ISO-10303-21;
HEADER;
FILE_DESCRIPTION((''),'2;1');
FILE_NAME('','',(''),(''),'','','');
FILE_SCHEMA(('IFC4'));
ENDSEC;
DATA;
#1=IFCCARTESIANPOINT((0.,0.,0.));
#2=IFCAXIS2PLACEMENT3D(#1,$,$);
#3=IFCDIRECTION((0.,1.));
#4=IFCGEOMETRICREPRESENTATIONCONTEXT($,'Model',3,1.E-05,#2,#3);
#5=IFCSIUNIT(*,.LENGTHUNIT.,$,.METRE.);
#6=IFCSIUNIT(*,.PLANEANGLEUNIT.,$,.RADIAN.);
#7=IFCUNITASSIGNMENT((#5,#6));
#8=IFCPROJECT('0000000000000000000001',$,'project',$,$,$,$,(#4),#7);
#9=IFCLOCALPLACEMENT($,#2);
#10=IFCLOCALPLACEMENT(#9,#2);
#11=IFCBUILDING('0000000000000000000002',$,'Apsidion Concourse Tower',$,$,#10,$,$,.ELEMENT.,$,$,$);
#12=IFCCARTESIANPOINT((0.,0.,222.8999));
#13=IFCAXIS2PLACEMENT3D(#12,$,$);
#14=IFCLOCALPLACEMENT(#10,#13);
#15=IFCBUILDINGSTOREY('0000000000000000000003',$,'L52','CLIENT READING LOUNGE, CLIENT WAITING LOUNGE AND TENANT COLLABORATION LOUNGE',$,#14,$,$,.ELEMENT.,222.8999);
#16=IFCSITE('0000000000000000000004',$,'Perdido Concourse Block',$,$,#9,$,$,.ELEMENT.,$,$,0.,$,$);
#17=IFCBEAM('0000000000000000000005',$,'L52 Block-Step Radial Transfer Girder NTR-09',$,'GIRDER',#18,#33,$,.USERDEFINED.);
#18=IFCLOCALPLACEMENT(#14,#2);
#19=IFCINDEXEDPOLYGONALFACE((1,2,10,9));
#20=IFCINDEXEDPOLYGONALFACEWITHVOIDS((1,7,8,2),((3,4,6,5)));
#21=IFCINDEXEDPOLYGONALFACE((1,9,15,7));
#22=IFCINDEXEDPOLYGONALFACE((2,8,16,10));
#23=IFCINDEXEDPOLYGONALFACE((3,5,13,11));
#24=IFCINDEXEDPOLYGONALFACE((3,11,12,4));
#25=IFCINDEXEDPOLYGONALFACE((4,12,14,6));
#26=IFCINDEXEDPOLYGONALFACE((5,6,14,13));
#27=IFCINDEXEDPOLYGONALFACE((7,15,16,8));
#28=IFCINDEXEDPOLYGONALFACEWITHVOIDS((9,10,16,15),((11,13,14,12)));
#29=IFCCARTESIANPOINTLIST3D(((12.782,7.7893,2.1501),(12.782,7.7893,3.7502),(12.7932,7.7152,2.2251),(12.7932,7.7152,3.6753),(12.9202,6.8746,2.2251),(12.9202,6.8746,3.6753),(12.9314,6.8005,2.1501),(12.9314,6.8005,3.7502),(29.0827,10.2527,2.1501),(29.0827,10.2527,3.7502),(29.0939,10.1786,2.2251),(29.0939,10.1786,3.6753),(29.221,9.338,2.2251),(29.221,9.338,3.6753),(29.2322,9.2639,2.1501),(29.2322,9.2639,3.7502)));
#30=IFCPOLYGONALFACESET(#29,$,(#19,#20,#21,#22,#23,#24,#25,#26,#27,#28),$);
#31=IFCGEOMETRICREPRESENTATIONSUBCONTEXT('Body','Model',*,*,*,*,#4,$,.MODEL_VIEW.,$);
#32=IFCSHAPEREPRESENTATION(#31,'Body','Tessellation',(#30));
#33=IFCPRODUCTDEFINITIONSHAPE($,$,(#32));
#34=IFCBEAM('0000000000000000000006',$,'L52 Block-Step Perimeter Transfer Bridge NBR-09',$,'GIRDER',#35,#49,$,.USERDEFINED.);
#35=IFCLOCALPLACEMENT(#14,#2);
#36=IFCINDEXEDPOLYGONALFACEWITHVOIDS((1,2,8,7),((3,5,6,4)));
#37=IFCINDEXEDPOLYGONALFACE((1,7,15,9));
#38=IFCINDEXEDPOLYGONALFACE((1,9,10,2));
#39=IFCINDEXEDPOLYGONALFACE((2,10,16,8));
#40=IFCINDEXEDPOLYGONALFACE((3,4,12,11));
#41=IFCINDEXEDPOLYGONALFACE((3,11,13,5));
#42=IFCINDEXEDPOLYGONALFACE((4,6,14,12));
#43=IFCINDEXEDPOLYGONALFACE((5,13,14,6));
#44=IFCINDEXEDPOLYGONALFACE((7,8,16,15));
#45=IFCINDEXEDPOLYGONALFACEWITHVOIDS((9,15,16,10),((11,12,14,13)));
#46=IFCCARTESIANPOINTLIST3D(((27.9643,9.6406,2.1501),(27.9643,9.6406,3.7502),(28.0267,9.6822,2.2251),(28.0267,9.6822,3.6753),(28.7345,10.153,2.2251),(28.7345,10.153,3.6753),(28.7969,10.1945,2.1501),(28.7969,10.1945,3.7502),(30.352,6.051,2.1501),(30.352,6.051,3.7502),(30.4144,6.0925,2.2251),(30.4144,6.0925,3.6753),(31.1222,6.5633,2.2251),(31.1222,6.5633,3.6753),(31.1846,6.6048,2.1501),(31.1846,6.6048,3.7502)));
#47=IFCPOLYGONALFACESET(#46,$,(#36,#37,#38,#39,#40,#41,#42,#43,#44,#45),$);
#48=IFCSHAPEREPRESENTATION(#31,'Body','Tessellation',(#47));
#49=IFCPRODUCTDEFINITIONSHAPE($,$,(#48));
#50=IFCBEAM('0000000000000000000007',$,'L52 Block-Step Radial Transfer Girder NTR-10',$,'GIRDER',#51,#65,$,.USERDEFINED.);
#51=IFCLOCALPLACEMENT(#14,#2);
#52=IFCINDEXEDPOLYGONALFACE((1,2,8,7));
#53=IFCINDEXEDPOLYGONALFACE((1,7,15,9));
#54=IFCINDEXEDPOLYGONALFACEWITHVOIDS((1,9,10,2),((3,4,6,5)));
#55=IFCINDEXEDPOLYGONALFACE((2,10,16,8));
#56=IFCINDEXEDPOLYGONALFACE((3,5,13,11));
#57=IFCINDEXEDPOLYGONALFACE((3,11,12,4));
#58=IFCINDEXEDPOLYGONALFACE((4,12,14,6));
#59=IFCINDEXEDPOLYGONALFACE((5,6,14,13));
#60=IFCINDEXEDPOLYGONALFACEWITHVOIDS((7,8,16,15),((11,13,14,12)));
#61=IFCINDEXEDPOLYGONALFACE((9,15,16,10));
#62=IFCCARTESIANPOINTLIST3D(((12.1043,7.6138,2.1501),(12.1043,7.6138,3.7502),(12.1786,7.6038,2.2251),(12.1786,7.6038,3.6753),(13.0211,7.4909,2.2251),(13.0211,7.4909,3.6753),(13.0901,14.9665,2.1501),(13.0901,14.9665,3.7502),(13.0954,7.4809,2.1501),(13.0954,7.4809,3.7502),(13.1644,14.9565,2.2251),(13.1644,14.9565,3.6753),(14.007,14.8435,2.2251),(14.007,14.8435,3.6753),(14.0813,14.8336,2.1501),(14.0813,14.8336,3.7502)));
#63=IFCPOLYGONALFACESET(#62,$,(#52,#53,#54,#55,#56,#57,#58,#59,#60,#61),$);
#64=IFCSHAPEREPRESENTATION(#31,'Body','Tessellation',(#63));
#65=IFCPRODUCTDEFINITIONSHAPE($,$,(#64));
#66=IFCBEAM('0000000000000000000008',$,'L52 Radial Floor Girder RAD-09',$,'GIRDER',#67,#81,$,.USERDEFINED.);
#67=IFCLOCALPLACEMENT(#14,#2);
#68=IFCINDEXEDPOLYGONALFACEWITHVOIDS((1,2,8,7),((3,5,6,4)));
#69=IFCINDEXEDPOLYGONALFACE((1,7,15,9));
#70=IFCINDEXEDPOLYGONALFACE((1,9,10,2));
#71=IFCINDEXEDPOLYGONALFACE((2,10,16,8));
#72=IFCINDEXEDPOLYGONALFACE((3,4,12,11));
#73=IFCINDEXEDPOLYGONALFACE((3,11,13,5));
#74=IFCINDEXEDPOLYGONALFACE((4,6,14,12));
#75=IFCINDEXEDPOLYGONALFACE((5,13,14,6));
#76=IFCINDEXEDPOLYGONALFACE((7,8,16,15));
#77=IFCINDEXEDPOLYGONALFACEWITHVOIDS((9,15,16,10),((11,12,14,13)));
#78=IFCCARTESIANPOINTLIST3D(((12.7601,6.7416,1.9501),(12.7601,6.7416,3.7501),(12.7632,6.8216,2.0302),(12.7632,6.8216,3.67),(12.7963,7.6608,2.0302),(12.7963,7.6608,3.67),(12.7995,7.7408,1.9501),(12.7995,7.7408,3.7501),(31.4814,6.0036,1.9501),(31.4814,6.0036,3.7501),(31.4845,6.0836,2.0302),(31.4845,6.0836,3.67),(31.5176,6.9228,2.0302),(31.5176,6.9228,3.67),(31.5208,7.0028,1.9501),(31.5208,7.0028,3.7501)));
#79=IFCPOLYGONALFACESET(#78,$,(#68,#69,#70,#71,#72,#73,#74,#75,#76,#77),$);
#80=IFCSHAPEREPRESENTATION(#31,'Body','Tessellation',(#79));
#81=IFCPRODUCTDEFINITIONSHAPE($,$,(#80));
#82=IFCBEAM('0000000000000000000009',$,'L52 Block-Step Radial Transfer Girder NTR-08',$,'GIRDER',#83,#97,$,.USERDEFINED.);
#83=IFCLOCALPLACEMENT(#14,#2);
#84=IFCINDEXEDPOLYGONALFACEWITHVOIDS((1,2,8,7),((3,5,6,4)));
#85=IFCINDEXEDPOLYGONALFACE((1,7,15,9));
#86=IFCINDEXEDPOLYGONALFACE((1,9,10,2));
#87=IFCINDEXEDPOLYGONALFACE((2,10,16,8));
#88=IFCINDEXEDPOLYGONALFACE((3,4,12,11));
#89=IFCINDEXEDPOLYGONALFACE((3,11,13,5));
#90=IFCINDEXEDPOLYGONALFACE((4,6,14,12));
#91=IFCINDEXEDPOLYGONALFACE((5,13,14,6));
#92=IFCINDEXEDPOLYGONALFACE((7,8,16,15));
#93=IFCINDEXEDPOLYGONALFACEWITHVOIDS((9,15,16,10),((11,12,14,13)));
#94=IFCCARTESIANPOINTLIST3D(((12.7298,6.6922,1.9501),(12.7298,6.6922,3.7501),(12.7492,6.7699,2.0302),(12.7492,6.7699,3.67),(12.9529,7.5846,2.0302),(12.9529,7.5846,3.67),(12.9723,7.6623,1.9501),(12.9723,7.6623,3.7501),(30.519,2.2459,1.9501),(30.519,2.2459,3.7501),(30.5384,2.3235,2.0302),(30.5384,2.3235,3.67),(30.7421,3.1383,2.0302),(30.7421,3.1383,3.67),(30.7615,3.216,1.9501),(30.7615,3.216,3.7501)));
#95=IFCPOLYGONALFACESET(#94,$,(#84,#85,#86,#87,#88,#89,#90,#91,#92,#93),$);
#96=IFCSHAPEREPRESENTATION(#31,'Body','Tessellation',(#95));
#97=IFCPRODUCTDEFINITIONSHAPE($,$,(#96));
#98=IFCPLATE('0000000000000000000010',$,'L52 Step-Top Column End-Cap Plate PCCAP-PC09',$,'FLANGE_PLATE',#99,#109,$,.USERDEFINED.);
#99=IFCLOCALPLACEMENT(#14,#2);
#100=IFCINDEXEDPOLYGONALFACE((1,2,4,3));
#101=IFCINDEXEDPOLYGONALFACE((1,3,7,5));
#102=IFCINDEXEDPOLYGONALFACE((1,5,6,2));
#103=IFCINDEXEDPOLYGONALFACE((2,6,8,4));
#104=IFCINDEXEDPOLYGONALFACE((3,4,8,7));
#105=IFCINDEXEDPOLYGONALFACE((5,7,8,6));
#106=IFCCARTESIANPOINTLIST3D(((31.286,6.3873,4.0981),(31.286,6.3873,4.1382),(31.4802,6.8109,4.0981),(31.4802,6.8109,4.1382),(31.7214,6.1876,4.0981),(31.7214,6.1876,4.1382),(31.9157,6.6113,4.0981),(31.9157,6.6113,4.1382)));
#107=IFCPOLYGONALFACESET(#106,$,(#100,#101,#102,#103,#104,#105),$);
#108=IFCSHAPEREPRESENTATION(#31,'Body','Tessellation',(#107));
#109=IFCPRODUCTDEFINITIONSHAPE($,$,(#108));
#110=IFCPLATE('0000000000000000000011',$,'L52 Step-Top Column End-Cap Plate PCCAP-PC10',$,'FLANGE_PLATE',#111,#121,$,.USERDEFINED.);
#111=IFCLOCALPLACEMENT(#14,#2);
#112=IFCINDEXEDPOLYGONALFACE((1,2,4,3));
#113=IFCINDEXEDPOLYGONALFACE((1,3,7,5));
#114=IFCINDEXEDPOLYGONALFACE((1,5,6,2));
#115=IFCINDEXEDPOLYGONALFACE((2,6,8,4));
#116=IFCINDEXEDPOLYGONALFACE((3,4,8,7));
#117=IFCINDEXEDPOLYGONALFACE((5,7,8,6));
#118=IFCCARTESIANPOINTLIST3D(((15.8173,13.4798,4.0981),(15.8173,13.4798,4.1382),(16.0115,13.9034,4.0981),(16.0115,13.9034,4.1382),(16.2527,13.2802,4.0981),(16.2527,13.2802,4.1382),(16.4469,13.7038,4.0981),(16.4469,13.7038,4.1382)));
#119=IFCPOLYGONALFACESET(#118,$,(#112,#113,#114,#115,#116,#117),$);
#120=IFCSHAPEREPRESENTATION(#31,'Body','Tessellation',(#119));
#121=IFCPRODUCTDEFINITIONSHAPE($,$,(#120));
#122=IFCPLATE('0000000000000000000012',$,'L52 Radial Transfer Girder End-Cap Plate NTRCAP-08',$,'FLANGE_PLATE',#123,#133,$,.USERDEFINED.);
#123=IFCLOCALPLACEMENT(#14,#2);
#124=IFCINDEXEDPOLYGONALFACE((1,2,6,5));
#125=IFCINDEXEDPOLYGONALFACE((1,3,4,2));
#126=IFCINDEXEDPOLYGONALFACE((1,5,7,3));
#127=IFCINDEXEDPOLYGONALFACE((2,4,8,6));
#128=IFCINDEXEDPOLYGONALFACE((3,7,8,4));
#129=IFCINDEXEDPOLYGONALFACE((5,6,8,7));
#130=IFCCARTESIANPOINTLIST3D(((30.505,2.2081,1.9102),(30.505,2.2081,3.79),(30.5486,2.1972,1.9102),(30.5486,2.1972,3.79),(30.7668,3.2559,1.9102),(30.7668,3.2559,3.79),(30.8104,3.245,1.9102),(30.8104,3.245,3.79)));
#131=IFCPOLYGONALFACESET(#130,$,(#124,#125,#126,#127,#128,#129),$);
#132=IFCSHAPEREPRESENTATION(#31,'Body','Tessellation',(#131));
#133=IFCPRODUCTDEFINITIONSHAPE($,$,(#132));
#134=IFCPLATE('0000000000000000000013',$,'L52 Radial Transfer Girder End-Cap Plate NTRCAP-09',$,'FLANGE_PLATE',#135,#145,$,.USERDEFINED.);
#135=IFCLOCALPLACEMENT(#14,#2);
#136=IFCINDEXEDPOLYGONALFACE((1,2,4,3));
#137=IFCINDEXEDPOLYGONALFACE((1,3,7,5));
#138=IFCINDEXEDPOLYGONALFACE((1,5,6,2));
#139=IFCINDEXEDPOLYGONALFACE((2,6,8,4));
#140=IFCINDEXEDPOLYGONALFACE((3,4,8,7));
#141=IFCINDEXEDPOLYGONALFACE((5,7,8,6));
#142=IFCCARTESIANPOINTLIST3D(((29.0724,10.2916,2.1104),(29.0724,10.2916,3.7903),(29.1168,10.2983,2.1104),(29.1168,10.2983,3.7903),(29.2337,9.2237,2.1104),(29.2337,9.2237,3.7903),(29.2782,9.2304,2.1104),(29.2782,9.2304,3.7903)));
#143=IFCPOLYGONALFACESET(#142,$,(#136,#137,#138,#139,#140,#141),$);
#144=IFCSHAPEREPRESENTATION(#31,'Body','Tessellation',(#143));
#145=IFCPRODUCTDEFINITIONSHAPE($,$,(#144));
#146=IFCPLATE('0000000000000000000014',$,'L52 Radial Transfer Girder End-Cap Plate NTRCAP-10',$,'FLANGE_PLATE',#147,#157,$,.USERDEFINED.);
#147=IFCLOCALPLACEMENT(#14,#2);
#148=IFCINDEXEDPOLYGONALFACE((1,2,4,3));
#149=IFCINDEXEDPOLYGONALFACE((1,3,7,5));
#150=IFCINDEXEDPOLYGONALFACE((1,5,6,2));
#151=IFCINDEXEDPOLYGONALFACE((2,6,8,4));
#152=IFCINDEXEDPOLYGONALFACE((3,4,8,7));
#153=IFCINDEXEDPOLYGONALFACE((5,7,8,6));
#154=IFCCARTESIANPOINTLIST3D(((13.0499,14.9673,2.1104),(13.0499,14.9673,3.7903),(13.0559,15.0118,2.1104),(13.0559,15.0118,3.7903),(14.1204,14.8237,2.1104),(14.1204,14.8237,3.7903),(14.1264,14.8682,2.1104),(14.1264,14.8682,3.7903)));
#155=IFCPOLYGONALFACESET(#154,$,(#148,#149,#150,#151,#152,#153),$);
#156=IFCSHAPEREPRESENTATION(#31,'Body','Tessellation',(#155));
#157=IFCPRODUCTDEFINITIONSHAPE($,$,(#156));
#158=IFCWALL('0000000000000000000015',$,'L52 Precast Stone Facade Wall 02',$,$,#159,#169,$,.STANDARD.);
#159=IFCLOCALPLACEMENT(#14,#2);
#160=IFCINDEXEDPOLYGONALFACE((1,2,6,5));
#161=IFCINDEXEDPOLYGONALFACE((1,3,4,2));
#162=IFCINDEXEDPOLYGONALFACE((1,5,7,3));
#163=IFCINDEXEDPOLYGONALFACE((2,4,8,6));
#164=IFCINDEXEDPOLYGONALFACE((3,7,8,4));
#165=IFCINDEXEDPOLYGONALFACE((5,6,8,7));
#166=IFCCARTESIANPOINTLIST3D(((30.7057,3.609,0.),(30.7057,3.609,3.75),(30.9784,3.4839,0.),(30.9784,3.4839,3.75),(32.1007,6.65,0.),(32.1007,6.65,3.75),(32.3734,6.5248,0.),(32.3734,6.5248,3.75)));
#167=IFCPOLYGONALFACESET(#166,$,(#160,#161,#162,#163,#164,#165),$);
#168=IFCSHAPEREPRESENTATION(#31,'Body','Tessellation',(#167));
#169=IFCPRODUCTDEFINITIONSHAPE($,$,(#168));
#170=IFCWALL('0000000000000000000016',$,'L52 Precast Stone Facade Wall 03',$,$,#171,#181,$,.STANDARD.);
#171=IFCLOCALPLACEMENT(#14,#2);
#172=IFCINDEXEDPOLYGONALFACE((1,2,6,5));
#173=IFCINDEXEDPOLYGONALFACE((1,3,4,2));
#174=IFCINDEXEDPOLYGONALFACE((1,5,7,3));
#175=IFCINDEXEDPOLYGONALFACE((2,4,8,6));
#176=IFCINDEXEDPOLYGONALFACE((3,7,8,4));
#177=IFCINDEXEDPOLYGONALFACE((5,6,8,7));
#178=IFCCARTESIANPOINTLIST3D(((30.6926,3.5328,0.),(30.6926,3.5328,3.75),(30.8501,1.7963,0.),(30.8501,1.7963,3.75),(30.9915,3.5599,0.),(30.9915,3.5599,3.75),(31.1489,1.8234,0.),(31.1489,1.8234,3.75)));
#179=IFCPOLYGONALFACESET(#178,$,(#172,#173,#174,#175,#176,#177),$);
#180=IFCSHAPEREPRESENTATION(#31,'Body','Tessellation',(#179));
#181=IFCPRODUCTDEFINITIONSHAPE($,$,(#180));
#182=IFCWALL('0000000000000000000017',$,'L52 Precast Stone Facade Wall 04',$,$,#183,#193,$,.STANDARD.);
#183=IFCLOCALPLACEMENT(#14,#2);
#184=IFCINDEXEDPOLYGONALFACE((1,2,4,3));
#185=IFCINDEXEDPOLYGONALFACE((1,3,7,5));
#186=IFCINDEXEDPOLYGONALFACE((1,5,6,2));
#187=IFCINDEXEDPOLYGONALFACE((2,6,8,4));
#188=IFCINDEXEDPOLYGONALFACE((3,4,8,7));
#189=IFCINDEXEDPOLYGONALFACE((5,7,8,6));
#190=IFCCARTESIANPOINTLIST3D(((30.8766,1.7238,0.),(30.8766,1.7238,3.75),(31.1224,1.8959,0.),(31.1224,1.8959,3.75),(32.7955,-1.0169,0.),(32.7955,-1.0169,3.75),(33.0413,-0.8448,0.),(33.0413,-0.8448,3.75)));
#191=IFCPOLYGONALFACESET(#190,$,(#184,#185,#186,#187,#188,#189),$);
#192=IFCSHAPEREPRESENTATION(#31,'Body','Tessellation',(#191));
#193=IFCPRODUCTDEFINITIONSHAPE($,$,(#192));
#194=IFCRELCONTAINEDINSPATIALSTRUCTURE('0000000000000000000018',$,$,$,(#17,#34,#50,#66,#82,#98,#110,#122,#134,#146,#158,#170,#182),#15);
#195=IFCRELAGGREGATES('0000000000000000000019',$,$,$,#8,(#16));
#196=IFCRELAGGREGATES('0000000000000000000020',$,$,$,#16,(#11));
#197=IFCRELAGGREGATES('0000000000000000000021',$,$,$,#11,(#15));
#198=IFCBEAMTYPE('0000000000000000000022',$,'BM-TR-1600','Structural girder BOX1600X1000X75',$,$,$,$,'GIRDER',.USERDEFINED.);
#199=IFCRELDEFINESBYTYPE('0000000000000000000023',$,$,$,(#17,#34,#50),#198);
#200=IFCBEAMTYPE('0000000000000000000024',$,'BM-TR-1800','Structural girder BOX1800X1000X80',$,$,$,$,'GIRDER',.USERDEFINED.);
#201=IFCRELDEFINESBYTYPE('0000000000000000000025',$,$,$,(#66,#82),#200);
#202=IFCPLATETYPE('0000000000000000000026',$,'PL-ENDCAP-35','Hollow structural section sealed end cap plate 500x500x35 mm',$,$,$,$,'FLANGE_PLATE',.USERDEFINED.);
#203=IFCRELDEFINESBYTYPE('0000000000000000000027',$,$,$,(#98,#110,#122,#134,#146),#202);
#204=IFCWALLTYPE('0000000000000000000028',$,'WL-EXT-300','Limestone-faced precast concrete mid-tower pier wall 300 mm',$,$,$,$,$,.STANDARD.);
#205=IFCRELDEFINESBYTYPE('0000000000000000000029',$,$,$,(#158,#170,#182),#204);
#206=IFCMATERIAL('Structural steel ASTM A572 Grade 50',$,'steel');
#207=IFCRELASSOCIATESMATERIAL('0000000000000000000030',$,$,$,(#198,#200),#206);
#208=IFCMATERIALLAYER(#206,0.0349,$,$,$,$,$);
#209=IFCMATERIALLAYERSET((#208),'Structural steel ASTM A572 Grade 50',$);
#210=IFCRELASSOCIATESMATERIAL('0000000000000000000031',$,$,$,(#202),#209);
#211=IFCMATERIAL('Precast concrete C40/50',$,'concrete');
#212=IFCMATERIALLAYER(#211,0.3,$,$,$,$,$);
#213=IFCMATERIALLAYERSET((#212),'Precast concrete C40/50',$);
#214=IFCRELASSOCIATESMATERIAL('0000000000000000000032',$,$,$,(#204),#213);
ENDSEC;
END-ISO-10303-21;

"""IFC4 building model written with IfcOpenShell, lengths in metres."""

from ifc_helpers import new_model, si_unit, direction, frame, frame_2d, origin, origin_2d, place, context, subcontext, project, spatial, rectangle, hollow_rectangle, extrude, material, layer, layer_set, material_profile, profile_set, type_object, element, save


model = new_model("IFC4")

# Units and contexts
model_context = context("Model", 3, precision=1e-05, world=origin(), true_north=direction((0.0, 1.0)))
body_context = subcontext(model_context, "Body", "Model", "MODEL_VIEW")
ifc_project = project(units=[si_unit("LENGTHUNIT", "METRE"), si_unit("PLANEANGLEUNIT", "RADIAN")], contexts=[model_context])

# Site, building, storey
site_placement = place(None, origin())
site = spatial("IfcSite", under=ifc_project, at=site_placement, Name="Perdido Concourse Block", CompositionType="ELEMENT", RefElevation=0.0)
building_placement = place(site_placement, origin())
building = spatial("IfcBuilding", under=site, at=building_placement, Name="Apsidion Concourse Tower", CompositionType="ELEMENT")
storey_placement = place(building_placement, frame((0.0, 0.0, 222.8999)))
storey = spatial("IfcBuildingStorey", under=building, at=storey_placement, Name="L52", Description="CLIENT READING LOUNGE, CLIENT WAITING LOUNGE AND TENANT COLLABORATION LOUNGE", CompositionType="ELEMENT", Elevation=222.8999)

# Beams
ifc_material_1 = material(Name="Structural steel ASTM A572 Grade 50", Category="steel")
ifc_material_profile_1 = material_profile(ifc_material_1, hollow_rectangle(XDim=1.0, YDim=1.6001, WallThickness=0.075, at=origin_2d()), Name="BOX1600X1000X75")
ifc_profile_set_1 = profile_set([ifc_material_profile_1], Name="Structural steel ASTM A572 Grade 50")
beam_type_1 = type_object("IfcBeamType", Name="BM-TR-1600", Description="Structural girder BOX1600X1000X75", ElementType="GIRDER", PredefinedType="USERDEFINED", material=ifc_profile_set_1)
beam_1_placement = place(storey_placement, frame((12.8567, 7.2949, 2.9502), z_axis=(0.988773, 0.149424, 0.0), x_axis=(-0.149424, 0.988773, 0.0)))
element("IfcBeam", 1, at=beam_1_placement, inside=storey, type_object=beam_type_1, Name="L52 Block-Step Radial Transfer Girder NTR-09", ObjectType="GIRDER", PredefinedType="USERDEFINED", context=body_context, shape_type="SweptSolid", body=[
    extrude(hollow_rectangle(XDim=1.0, YDim=1.6001, WallThickness=0.075, at=origin_2d()), origin(), (0.0, 0.0, 1.0), 16.4858),
])
beam_2_placement = place(storey_placement, frame((30.7683, 6.3279, 2.9502), z_axis=(-0.553837, 0.832625, 0.0), x_axis=(-0.832625, -0.553837, 0.0)))
element("IfcBeam", 2, at=beam_2_placement, inside=storey, type_object=beam_type_1, Name="L52 Block-Step Perimeter Transfer Bridge NBR-09", ObjectType="GIRDER", PredefinedType="USERDEFINED", context=body_context, shape_type="SweptSolid", body=[
    extrude(hollow_rectangle(XDim=1.0, YDim=1.6001, WallThickness=0.075, at=origin_2d()), origin(), (0.0, 0.0, 1.0), 4.3113),
])
beam_3_placement = place(storey_placement, frame((12.5999, 7.5474, 2.9502), z_axis=(0.132892, 0.99113, 0.0), x_axis=(-0.99113, 0.132892, 0.0)))
element("IfcBeam", 3, at=beam_3_placement, inside=storey, type_object=beam_type_1, Name="L52 Block-Step Radial Transfer Girder NTR-10", ObjectType="GIRDER", PredefinedType="USERDEFINED", context=body_context, shape_type="SweptSolid", body=[
    extrude(hollow_rectangle(XDim=1.0, YDim=1.6001, WallThickness=0.075, at=origin_2d()), origin(), (0.0, 0.0, 1.0), 7.4185),
])
ifc_material_profile_2 = material_profile(ifc_material_1, hollow_rectangle(XDim=1.0, YDim=1.8, WallThickness=0.0801, at=origin_2d()), Name="BOX1800X1000X80")
ifc_profile_set_2 = profile_set([ifc_material_profile_2], Name="Structural steel ASTM A572 Grade 50")
beam_type_2 = type_object("IfcBeamType", Name="BM-TR-1800", Description="Structural girder BOX1800X1000X80", ElementType="GIRDER", PredefinedType="USERDEFINED", material=ifc_profile_set_2)
beam_4_placement = place(storey_placement, frame((12.7798, 7.2412, 2.8501), z_axis=(0.999224, -0.039392, 0.0), x_axis=(0.039392, 0.999224, 0.0)))
element("IfcBeam", 4, at=beam_4_placement, inside=storey, type_object=beam_type_2, Name="L52 Radial Floor Girder RAD-09", ObjectType="GIRDER", PredefinedType="USERDEFINED", context=body_context, shape_type="SweptSolid", body=[
    extrude(hollow_rectangle(XDim=1.0, YDim=1.8, WallThickness=0.0801, at=origin_2d()), origin(), (0.0, 0.0, 1.0), 18.7358),
])
beam_5_placement = place(storey_placement, frame((12.8511, 7.1772, 2.8501), z_axis=(0.970155, -0.242485, 0.0), x_axis=(0.242485, 0.970155, 0.0)))
element("IfcBeam", 5, at=beam_5_placement, inside=storey, type_object=beam_type_2, Name="L52 Block-Step Radial Transfer Girder NTR-08", ObjectType="GIRDER", PredefinedType="USERDEFINED", context=body_context, shape_type="SweptSolid", body=[
    extrude(hollow_rectangle(XDim=1.0, YDim=1.8, WallThickness=0.0801, at=origin_2d()), origin(), (0.0, 0.0, 1.0), 18.3364),
])

# Plates
ifc_layer_1 = layer(ifc_material_1, 0.0349)
ifc_layer_set_1 = layer_set([ifc_layer_1], Name="Structural steel ASTM A572 Grade 50")
plate_type = type_object("IfcPlateType", Name="PL-ENDCAP-35", Description="Hollow structural section sealed end cap plate 500x500x35 mm", ElementType="FLANGE_PLATE", PredefinedType="USERDEFINED", material=ifc_layer_set_1)
for number, where, z_axis, x_axis, name in (
    (6, (31.6008, 6.4993, 4.0981), (0.0, 0.0, 1.0), (-0.909018, 0.416757, 0.0), "L52 Step-Top Column End-Cap Plate PCCAP-PC09"),
    (7, (16.1321, 13.5918, 4.0981), (0.0, 0.0, 1.0), (-0.909018, 0.416757, 0.0), "L52 Step-Top Column End-Cap Plate PCCAP-PC10"),
):
    element("IfcPlate", number, at=place(storey_placement, frame(where, z_axis=z_axis, x_axis=x_axis)), inside=storey, type_object=plate_type, Name=name, ObjectType="FLANGE_PLATE", PredefinedType="USERDEFINED", context=body_context, shape_type="SweptSolid", body=[
        extrude(rectangle(XDim=0.479, YDim=0.4661, at=origin_2d()), origin(), (0.0, 0.0, 1.0), 0.04),
    ])
plate_placement = place(storey_placement, frame((30.6577, 2.7266, 1.9102), z_axis=(0.0, 0.0, 1.0), x_axis=(0.970169, -0.24243, 0.0)))
element("IfcPlate", 8, at=plate_placement, inside=storey, type_object=plate_type, Name="L52 Radial Transfer Girder End-Cap Plate NTRCAP-08", ObjectType="FLANGE_PLATE", PredefinedType="USERDEFINED", context=body_context, shape_type="SweptSolid", body=[
    extrude(rectangle(XDim=0.0449, YDim=1.0801, at=origin_2d()), origin(), (0.0, 0.0, 1.0), 1.8799),
])
for number, where, z_axis, x_axis, name in (
    (9, (29.1753, 9.761, 2.1104), (0.0, 0.0, 1.0), (0.988782, 0.149363, 0.0), "L52 Radial Transfer Girder End-Cap Plate NTRCAP-09"),
    (10, (13.5881, 14.9177, 2.1104), (0.0, 0.0, 1.0), (0.132948, 0.991123, 0.0), "L52 Radial Transfer Girder End-Cap Plate NTRCAP-10"),
):
    element("IfcPlate", number, at=place(storey_placement, frame(where, z_axis=z_axis, x_axis=x_axis)), inside=storey, type_object=plate_type, Name=name, ObjectType="FLANGE_PLATE", PredefinedType="USERDEFINED", context=body_context, shape_type="SweptSolid", body=[
        extrude(rectangle(XDim=0.0449, YDim=1.0801, at=origin_2d()), origin(), (0.0, 0.0, 1.0), 1.6799),
    ])

# Walls
ifc_material_2 = material(Name="Precast concrete C40/50", Category="concrete")
ifc_layer_2 = layer(ifc_material_2, 0.3)
ifc_layer_set_2 = layer_set([ifc_layer_2], Name="Precast concrete C40/50")
wall_type_1 = type_object("IfcWallType", Name="WL-EXT-300", Description="Limestone-faced precast concrete mid-tower pier wall 300 mm", PredefinedType="STANDARD", material=ifc_layer_set_2)
wall_1_placement = place(storey_placement, frame((32.2371, 6.5874, 0.0), z_axis=(0.0, 0.0, 1.0), x_axis=(-0.416956, -0.908927, 0.0)))
element("IfcWall", 11, at=wall_1_placement, inside=storey, type_object=wall_type_1, Name="L52 Precast Stone Facade Wall 02", PredefinedType="STANDARD", context=body_context, shape_type="SweptSolid", body=[
    extrude(rectangle(XDim=3.3457, YDim=0.3, at=frame_2d((1.6729, 0.0))), origin(), (0.0, 0.0, 1.0), 3.75),
])
wall_2_placement = place(storey_placement, frame((30.842, 3.5464, 0.0), z_axis=(0.0, 0.0, 1.0), x_axis=(0.090309, -0.995914, 0.0)))
element("IfcWall", 12, at=wall_2_placement, inside=storey, type_object=wall_type_1, Name="L52 Precast Stone Facade Wall 03", PredefinedType="STANDARD", context=body_context, shape_type="SweptSolid", body=[
    extrude(rectangle(XDim=1.7437, YDim=0.3, at=frame_2d((0.8718, 0.0))), origin(), (0.0, 0.0, 1.0), 3.75),
])
wall_3_placement = place(storey_placement, frame((30.9995, 1.8098, 0.0), z_axis=(0.0, 0.0, 1.0), x_axis=(0.57355, -0.81917, 0.0)))
element("IfcWall", 13, at=wall_3_placement, inside=storey, type_object=wall_type_1, Name="L52 Precast Stone Facade Wall 04", PredefinedType="STANDARD", context=body_context, shape_type="SweptSolid", body=[
    extrude(rectangle(XDim=3.3457, YDim=0.3, at=frame_2d((1.6729, 0.0))), origin(), (0.0, 0.0, 1.0), 3.75),
])

save(model, "model.ifc")
